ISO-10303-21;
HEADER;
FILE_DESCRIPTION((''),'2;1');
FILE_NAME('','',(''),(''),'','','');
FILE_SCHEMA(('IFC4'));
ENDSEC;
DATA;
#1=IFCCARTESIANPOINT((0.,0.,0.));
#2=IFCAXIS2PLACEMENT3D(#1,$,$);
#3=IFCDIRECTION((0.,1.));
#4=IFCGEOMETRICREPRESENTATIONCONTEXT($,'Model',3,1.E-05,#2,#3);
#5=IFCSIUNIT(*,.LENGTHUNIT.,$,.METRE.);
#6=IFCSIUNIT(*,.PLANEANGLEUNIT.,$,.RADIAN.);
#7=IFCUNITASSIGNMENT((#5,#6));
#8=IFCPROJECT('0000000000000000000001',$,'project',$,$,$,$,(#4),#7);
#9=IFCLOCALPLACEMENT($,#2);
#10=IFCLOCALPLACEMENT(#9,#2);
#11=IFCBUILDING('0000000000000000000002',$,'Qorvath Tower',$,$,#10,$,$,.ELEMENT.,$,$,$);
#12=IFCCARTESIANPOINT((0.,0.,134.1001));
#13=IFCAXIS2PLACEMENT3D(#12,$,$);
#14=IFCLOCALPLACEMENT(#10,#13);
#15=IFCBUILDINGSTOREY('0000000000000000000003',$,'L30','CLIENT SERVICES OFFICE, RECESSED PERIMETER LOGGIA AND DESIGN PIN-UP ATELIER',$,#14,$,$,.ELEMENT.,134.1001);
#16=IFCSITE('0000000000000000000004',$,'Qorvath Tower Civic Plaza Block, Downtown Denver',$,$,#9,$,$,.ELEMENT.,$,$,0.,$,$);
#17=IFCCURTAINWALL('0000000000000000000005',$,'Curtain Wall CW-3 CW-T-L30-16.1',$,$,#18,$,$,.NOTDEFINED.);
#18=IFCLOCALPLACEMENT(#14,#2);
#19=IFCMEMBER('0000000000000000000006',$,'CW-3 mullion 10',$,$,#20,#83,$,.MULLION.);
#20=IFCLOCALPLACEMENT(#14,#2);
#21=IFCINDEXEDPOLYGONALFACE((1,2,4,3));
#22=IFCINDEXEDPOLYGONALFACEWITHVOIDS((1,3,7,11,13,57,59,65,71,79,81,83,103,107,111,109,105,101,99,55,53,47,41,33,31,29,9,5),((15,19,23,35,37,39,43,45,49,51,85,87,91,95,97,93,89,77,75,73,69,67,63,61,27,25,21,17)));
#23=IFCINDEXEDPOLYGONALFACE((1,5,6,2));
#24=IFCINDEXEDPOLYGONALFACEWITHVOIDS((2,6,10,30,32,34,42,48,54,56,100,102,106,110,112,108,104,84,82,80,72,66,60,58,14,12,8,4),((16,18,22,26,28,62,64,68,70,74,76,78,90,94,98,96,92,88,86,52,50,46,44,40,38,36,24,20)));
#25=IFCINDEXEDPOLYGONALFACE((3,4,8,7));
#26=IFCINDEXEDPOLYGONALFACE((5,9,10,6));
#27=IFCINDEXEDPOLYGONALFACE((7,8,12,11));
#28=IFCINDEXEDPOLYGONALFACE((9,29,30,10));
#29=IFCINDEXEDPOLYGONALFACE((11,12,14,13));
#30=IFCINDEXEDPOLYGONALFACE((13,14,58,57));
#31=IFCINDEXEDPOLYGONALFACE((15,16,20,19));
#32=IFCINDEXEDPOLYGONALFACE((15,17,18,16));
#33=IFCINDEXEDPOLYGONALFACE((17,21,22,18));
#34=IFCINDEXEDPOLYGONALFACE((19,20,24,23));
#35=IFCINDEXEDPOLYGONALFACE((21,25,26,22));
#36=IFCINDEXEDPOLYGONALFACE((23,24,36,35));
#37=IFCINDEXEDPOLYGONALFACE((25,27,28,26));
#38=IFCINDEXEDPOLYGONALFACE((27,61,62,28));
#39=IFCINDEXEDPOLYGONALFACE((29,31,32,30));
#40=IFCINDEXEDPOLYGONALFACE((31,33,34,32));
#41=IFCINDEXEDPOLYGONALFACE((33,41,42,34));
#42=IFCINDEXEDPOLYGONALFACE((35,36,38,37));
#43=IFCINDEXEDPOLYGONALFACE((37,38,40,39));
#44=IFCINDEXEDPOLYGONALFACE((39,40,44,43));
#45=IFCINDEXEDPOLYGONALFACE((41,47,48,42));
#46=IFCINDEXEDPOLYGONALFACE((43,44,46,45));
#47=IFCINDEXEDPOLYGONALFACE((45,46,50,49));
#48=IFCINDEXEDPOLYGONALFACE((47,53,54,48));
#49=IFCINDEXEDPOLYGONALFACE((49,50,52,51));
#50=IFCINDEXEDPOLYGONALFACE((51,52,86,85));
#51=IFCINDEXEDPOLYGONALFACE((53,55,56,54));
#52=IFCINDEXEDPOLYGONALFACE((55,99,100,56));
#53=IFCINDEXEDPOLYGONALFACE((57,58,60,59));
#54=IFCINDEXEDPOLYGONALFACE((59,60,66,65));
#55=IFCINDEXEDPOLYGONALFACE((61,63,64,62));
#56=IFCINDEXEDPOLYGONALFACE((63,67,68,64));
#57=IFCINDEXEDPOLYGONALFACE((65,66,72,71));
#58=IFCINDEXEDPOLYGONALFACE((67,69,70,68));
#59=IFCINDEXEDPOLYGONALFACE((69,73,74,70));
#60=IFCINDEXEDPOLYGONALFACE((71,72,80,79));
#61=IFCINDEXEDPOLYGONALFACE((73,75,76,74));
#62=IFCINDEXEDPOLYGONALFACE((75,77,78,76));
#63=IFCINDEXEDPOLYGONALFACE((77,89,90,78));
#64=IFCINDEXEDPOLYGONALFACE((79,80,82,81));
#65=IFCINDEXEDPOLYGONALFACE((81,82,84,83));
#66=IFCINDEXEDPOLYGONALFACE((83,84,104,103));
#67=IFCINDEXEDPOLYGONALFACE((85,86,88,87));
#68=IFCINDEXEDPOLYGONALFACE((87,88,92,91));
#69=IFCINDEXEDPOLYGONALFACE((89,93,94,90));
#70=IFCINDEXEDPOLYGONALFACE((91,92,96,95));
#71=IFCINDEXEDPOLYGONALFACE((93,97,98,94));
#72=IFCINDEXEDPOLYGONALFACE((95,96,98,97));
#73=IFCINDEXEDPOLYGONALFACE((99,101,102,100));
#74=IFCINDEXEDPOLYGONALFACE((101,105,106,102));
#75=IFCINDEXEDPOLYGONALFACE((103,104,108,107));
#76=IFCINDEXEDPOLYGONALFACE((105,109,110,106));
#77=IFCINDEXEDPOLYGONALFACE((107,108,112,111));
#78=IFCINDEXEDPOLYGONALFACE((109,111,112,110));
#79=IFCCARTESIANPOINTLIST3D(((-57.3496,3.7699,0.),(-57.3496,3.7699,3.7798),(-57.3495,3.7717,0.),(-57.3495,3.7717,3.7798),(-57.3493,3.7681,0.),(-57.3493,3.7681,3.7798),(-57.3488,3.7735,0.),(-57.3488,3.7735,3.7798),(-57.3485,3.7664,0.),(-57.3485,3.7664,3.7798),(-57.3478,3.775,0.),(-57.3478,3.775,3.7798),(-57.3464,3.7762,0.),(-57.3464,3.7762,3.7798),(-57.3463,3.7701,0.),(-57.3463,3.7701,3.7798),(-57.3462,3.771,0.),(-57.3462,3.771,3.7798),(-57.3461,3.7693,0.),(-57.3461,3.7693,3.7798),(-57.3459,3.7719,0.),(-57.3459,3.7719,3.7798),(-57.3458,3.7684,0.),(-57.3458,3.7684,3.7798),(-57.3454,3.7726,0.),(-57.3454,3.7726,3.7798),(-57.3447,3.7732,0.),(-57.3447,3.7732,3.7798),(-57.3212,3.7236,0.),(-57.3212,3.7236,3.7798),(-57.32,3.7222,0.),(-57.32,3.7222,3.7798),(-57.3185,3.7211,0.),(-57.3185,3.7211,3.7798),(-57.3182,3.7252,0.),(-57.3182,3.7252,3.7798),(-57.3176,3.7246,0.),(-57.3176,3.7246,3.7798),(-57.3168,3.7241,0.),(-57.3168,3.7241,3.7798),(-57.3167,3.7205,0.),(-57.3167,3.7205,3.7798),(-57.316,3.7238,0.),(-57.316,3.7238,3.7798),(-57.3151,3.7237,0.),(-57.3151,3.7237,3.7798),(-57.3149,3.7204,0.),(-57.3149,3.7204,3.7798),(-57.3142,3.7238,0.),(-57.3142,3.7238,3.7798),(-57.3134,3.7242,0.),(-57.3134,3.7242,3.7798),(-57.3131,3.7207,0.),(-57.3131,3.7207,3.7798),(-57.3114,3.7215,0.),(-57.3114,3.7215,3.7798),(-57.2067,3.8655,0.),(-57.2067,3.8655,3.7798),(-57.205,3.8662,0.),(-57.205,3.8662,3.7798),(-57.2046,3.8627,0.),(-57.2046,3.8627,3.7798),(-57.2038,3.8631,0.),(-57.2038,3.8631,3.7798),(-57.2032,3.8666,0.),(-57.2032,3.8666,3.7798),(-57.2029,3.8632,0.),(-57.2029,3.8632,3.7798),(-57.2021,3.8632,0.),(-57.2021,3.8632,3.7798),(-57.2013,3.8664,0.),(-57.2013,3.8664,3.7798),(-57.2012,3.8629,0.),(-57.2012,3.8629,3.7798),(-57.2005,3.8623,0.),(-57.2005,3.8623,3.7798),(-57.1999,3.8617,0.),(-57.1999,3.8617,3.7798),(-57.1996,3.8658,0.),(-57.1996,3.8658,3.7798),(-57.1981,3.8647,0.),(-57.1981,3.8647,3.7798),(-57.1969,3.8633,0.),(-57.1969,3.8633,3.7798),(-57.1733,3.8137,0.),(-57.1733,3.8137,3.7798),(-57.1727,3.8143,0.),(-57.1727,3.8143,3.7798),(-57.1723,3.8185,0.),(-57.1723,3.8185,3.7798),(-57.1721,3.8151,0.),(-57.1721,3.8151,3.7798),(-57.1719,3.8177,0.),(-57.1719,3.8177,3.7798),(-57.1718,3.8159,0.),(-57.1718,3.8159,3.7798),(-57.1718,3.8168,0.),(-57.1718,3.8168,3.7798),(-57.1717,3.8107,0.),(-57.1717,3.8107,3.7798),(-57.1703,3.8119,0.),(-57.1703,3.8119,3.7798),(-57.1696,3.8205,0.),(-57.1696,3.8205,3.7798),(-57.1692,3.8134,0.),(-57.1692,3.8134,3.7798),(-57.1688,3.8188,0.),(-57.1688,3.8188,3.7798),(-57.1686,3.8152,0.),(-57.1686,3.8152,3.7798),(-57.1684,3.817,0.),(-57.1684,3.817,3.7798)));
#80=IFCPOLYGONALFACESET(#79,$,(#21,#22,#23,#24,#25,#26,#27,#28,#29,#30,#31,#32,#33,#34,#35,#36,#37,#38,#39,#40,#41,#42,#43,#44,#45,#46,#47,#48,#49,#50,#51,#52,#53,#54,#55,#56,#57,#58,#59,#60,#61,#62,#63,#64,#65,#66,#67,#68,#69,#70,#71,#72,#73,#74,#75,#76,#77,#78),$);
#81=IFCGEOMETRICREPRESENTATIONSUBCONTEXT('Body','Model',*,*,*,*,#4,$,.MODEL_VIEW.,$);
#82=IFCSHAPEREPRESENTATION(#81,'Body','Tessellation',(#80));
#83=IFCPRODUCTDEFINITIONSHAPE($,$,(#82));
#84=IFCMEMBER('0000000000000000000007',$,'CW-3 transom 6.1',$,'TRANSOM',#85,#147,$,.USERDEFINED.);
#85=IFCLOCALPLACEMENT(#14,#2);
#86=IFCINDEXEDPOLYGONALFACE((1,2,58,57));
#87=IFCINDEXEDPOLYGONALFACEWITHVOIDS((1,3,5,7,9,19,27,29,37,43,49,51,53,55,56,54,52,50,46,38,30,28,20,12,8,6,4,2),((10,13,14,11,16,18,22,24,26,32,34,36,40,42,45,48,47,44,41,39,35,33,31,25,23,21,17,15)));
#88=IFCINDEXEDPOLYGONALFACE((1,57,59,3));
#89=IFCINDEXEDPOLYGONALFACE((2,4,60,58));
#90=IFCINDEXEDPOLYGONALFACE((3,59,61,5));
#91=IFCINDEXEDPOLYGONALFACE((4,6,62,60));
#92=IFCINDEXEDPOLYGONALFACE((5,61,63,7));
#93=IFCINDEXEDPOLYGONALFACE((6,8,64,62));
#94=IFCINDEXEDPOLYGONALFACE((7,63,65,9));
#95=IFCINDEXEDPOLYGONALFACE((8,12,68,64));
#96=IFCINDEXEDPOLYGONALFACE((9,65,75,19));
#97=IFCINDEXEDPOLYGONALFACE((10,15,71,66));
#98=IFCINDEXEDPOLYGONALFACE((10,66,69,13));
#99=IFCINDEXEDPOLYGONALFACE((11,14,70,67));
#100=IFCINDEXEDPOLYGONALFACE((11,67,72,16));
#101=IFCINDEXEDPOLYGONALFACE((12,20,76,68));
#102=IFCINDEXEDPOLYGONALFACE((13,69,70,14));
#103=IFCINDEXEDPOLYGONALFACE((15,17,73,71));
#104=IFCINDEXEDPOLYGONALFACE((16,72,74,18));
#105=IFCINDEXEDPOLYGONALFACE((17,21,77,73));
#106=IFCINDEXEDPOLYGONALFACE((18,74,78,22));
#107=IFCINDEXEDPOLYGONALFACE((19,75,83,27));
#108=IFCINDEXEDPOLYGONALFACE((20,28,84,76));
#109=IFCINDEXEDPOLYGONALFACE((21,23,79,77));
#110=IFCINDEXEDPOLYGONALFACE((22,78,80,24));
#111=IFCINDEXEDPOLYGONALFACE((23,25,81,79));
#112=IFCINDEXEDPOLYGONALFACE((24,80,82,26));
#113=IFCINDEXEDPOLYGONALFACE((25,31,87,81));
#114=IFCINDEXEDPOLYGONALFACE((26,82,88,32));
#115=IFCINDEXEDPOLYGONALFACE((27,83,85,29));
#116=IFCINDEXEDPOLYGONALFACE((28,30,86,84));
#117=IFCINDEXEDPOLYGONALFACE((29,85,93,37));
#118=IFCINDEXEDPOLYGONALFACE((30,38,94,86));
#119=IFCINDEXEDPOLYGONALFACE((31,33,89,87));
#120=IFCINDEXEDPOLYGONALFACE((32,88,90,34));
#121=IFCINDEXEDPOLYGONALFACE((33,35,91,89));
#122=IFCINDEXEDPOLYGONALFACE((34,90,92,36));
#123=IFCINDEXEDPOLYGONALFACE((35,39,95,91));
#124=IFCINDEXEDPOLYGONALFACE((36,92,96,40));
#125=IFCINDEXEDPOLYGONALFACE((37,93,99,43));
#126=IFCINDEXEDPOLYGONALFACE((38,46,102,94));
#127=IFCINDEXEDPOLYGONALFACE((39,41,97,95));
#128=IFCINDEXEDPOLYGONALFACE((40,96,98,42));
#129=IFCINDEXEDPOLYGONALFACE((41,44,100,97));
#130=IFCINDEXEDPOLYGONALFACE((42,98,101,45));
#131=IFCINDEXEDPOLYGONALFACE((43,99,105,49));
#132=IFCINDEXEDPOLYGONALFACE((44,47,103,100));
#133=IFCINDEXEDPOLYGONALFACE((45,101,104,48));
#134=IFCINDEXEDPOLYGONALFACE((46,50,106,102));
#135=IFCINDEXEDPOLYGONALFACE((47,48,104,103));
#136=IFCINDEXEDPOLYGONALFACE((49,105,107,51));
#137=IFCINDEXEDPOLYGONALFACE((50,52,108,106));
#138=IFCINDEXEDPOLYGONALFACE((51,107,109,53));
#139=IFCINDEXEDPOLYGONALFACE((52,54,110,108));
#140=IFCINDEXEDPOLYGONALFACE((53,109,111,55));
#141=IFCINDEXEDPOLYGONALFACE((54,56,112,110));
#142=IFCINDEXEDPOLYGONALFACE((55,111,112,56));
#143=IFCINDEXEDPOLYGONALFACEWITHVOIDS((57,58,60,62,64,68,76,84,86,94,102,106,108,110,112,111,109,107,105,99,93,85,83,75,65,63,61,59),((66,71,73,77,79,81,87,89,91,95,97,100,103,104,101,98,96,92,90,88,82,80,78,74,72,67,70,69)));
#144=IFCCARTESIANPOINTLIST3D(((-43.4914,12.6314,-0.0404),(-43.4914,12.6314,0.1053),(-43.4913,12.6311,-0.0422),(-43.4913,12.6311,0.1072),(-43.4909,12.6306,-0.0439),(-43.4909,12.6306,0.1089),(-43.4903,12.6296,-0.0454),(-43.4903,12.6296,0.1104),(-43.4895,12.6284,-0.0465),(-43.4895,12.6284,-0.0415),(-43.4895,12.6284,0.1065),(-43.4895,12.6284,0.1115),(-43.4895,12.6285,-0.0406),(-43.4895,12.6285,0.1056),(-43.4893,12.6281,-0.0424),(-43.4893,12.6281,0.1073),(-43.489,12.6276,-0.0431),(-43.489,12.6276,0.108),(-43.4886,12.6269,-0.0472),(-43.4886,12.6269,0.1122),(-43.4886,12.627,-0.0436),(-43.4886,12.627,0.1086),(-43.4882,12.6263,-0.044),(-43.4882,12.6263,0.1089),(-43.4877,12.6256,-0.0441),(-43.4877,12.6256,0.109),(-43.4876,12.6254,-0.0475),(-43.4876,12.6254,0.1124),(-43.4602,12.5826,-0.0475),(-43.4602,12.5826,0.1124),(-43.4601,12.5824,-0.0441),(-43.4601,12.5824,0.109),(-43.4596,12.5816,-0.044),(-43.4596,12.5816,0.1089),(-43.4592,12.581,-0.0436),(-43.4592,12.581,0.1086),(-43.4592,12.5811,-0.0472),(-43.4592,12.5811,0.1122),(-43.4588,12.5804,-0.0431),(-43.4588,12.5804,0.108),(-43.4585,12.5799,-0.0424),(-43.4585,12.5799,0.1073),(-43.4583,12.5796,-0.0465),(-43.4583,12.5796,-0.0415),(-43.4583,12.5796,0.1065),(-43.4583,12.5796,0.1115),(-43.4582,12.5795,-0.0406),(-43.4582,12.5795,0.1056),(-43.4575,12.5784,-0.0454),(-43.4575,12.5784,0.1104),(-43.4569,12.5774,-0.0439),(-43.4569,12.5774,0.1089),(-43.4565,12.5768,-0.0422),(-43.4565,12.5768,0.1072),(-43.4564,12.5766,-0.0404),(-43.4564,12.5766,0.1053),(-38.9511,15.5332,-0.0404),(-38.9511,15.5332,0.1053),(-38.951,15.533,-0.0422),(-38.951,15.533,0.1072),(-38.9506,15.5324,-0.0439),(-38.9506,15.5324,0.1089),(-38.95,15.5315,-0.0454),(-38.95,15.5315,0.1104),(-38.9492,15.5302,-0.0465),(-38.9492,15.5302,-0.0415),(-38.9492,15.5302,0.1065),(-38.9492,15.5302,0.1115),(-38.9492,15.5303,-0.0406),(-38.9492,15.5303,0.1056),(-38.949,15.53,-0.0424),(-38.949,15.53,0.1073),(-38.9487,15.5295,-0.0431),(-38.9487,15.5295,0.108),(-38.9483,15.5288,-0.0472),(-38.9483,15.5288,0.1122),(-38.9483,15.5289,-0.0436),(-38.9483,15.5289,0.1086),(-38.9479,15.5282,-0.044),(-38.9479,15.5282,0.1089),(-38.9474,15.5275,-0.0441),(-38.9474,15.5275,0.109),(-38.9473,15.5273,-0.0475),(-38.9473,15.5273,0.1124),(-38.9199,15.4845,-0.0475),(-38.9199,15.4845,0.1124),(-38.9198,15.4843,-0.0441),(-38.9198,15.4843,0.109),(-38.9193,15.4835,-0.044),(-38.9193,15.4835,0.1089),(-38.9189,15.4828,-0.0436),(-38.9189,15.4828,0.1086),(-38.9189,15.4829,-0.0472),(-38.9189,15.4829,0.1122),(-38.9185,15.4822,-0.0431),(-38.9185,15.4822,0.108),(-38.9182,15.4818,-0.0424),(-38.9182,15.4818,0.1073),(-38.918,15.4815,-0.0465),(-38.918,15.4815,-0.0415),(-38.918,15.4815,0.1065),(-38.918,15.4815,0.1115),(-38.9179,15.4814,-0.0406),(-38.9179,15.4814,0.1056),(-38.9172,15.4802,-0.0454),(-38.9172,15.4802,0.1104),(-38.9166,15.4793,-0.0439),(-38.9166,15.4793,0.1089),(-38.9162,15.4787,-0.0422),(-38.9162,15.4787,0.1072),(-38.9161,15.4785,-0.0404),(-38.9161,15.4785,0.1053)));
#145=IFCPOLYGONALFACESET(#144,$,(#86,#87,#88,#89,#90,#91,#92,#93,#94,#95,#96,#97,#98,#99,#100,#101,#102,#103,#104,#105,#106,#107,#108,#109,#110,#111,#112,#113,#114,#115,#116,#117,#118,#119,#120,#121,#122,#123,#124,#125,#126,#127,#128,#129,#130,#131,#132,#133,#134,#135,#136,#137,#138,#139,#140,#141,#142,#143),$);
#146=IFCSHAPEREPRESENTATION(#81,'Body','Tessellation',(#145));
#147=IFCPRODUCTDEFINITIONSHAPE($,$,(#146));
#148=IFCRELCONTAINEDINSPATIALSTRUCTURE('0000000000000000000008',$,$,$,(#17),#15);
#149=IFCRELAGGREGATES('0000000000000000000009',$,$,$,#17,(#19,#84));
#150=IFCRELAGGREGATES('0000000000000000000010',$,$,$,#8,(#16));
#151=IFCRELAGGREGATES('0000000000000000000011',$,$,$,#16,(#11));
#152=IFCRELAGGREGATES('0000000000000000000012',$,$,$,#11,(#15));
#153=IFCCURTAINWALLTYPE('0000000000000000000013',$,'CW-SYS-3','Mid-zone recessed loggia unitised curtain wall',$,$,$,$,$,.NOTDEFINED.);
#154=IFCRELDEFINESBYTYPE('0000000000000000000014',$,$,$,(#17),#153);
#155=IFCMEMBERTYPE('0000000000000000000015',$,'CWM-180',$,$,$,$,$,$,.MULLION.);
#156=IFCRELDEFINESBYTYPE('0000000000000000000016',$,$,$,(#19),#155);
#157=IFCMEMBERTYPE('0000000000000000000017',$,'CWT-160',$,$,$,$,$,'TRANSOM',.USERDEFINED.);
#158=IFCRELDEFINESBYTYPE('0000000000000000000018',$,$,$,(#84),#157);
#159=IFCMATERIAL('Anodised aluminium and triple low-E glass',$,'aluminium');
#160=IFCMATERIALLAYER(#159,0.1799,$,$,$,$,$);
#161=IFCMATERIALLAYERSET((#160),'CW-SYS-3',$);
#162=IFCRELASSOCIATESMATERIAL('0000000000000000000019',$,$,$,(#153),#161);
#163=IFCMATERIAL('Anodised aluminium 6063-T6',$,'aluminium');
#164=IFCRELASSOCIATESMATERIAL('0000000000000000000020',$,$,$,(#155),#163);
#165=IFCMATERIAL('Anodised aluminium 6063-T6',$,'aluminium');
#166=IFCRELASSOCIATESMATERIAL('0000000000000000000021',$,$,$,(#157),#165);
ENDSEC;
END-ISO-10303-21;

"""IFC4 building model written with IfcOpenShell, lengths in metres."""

from ifc_helpers import new_model, si_unit, direction, frame, origin, origin_2d, place, context, subcontext, project, spatial, hollow_rectangle, extrude, material, layer, layer_set, material_profile, profile_set, type_object, element, aggregate, save


model = new_model("IFC4")

# Units and contexts
model_context = context("Model", 3, precision=1e-05, world=origin(), true_north=direction((0.0, 1.0)))
body_context = subcontext(model_context, "Body", "Model", "MODEL_VIEW")
ifc_project = project(units=[si_unit("LENGTHUNIT", "METRE"), si_unit("PLANEANGLEUNIT", "RADIAN")], contexts=[model_context])

# Site, building, storey
site_placement = place(None, origin())
site = spatial("IfcSite", under=ifc_project, at=site_placement, Name="Qorvath Tower Civic Plaza Block, Downtown Denver", CompositionType="ELEMENT", RefElevation=0.0)
building_placement = place(site_placement, origin())
building = spatial("IfcBuilding", under=site, at=building_placement, Name="Qorvath Tower", CompositionType="ELEMENT")
storey_placement = place(building_placement, frame((0.0, 0.0, 134.1001)))
storey = spatial("IfcBuildingStorey", under=building, at=storey_placement, Name="L30", Description="CLIENT SERVICES OFFICE, RECESSED PERIMETER LOGGIA AND DESIGN PIN-UP ATELIER", CompositionType="ELEMENT", Elevation=134.1001)

# Curtain wall, members
ifc_material_1 = material(Name="Anodised aluminium and triple low-E glass", Category="aluminium")
ifc_layer_1 = layer(ifc_material_1, 0.1799)
ifc_layer_set_1 = layer_set([ifc_layer_1], Name="CW-SYS-3")
curtain_wall_type = type_object("IfcCurtainWallType", Name="CW-SYS-3", Description="Mid-zone recessed loggia unitised curtain wall", PredefinedType="NOTDEFINED", material=ifc_layer_set_1)
curtain_wall_placement = place(storey_placement, origin())
curtain_wall = element("IfcCurtainWall", 1, at=curtain_wall_placement, inside=storey, type_object=curtain_wall_type, Name="Curtain Wall CW-3 CW-T-L30-16.1", PredefinedType="NOTDEFINED")
ifc_material_2 = material(Name="Anodised aluminium 6063-T6", Category="aluminium")
ifc_material_profile_1 = material_profile(ifc_material_2, hollow_rectangle(XDim=0.0649, YDim=0.1799, WallThickness=0.0034, InnerFilletRadius=0.0034, OuterFilletRadius=0.0071, at=origin_2d()), Name="CWM 180x65")
ifc_profile_set_1 = profile_set([ifc_material_profile_1], Name="Anodised aluminium 6063-T6")
member_type_1 = type_object("IfcMemberType", Name="CWM-180", PredefinedType="MULLION", material=ifc_profile_set_1)
member_1_placement = place(storey_placement, frame((-57.259, 3.7935, 0.0), z_axis=(0.0, 0.0, 1.0), x_axis=(0.538534, -0.842604, 0.0)))
member_1 = element("IfcMember", 2, at=member_1_placement, type_object=member_type_1, Name="CW-3 mullion 10", PredefinedType="MULLION", context=body_context, shape_type="SweptSolid", body=[
    extrude(hollow_rectangle(XDim=0.0649, YDim=0.1799, WallThickness=0.0034, InnerFilletRadius=0.0034, OuterFilletRadius=0.0071, at=origin_2d()), origin(), (0.0, 0.0, 1.0), 3.7798),
])
ifc_material_3 = material(Name="Anodised aluminium 6063-T6", Category="aluminium")
ifc_material_profile_2 = material_profile(ifc_material_3, hollow_rectangle(XDim=0.0649, YDim=0.1599, WallThickness=0.0034, InnerFilletRadius=0.0034, OuterFilletRadius=0.0071, at=origin_2d()), Name="CWT 160x65")
ifc_profile_set_2 = profile_set([ifc_material_profile_2], Name="Anodised aluminium 6063-T6")
member_type_2 = type_object("IfcMemberType", Name="CWT-160", ElementType="TRANSOM", PredefinedType="USERDEFINED", material=ifc_profile_set_2)
member_2_placement = place(storey_placement, frame((-38.9336, 15.5059, 0.0325), z_axis=(-0.842602, -0.538537, 0.0), x_axis=(0.538537, -0.842602, 0.0)))
member_2 = element("IfcMember", 3, at=member_2_placement, type_object=member_type_2, Name="CW-3 transom 6.1", ObjectType="TRANSOM", PredefinedType="USERDEFINED", context=body_context, shape_type="SweptSolid", body=[
    extrude(hollow_rectangle(XDim=0.0649, YDim=0.1599, WallThickness=0.0034, InnerFilletRadius=0.0034, OuterFilletRadius=0.0071, at=origin_2d()), origin(), (0.0, 0.0, 1.0), 5.3884),
])
aggregate(curtain_wall, [member_1, member_2])

save(model, "model.ifc")
